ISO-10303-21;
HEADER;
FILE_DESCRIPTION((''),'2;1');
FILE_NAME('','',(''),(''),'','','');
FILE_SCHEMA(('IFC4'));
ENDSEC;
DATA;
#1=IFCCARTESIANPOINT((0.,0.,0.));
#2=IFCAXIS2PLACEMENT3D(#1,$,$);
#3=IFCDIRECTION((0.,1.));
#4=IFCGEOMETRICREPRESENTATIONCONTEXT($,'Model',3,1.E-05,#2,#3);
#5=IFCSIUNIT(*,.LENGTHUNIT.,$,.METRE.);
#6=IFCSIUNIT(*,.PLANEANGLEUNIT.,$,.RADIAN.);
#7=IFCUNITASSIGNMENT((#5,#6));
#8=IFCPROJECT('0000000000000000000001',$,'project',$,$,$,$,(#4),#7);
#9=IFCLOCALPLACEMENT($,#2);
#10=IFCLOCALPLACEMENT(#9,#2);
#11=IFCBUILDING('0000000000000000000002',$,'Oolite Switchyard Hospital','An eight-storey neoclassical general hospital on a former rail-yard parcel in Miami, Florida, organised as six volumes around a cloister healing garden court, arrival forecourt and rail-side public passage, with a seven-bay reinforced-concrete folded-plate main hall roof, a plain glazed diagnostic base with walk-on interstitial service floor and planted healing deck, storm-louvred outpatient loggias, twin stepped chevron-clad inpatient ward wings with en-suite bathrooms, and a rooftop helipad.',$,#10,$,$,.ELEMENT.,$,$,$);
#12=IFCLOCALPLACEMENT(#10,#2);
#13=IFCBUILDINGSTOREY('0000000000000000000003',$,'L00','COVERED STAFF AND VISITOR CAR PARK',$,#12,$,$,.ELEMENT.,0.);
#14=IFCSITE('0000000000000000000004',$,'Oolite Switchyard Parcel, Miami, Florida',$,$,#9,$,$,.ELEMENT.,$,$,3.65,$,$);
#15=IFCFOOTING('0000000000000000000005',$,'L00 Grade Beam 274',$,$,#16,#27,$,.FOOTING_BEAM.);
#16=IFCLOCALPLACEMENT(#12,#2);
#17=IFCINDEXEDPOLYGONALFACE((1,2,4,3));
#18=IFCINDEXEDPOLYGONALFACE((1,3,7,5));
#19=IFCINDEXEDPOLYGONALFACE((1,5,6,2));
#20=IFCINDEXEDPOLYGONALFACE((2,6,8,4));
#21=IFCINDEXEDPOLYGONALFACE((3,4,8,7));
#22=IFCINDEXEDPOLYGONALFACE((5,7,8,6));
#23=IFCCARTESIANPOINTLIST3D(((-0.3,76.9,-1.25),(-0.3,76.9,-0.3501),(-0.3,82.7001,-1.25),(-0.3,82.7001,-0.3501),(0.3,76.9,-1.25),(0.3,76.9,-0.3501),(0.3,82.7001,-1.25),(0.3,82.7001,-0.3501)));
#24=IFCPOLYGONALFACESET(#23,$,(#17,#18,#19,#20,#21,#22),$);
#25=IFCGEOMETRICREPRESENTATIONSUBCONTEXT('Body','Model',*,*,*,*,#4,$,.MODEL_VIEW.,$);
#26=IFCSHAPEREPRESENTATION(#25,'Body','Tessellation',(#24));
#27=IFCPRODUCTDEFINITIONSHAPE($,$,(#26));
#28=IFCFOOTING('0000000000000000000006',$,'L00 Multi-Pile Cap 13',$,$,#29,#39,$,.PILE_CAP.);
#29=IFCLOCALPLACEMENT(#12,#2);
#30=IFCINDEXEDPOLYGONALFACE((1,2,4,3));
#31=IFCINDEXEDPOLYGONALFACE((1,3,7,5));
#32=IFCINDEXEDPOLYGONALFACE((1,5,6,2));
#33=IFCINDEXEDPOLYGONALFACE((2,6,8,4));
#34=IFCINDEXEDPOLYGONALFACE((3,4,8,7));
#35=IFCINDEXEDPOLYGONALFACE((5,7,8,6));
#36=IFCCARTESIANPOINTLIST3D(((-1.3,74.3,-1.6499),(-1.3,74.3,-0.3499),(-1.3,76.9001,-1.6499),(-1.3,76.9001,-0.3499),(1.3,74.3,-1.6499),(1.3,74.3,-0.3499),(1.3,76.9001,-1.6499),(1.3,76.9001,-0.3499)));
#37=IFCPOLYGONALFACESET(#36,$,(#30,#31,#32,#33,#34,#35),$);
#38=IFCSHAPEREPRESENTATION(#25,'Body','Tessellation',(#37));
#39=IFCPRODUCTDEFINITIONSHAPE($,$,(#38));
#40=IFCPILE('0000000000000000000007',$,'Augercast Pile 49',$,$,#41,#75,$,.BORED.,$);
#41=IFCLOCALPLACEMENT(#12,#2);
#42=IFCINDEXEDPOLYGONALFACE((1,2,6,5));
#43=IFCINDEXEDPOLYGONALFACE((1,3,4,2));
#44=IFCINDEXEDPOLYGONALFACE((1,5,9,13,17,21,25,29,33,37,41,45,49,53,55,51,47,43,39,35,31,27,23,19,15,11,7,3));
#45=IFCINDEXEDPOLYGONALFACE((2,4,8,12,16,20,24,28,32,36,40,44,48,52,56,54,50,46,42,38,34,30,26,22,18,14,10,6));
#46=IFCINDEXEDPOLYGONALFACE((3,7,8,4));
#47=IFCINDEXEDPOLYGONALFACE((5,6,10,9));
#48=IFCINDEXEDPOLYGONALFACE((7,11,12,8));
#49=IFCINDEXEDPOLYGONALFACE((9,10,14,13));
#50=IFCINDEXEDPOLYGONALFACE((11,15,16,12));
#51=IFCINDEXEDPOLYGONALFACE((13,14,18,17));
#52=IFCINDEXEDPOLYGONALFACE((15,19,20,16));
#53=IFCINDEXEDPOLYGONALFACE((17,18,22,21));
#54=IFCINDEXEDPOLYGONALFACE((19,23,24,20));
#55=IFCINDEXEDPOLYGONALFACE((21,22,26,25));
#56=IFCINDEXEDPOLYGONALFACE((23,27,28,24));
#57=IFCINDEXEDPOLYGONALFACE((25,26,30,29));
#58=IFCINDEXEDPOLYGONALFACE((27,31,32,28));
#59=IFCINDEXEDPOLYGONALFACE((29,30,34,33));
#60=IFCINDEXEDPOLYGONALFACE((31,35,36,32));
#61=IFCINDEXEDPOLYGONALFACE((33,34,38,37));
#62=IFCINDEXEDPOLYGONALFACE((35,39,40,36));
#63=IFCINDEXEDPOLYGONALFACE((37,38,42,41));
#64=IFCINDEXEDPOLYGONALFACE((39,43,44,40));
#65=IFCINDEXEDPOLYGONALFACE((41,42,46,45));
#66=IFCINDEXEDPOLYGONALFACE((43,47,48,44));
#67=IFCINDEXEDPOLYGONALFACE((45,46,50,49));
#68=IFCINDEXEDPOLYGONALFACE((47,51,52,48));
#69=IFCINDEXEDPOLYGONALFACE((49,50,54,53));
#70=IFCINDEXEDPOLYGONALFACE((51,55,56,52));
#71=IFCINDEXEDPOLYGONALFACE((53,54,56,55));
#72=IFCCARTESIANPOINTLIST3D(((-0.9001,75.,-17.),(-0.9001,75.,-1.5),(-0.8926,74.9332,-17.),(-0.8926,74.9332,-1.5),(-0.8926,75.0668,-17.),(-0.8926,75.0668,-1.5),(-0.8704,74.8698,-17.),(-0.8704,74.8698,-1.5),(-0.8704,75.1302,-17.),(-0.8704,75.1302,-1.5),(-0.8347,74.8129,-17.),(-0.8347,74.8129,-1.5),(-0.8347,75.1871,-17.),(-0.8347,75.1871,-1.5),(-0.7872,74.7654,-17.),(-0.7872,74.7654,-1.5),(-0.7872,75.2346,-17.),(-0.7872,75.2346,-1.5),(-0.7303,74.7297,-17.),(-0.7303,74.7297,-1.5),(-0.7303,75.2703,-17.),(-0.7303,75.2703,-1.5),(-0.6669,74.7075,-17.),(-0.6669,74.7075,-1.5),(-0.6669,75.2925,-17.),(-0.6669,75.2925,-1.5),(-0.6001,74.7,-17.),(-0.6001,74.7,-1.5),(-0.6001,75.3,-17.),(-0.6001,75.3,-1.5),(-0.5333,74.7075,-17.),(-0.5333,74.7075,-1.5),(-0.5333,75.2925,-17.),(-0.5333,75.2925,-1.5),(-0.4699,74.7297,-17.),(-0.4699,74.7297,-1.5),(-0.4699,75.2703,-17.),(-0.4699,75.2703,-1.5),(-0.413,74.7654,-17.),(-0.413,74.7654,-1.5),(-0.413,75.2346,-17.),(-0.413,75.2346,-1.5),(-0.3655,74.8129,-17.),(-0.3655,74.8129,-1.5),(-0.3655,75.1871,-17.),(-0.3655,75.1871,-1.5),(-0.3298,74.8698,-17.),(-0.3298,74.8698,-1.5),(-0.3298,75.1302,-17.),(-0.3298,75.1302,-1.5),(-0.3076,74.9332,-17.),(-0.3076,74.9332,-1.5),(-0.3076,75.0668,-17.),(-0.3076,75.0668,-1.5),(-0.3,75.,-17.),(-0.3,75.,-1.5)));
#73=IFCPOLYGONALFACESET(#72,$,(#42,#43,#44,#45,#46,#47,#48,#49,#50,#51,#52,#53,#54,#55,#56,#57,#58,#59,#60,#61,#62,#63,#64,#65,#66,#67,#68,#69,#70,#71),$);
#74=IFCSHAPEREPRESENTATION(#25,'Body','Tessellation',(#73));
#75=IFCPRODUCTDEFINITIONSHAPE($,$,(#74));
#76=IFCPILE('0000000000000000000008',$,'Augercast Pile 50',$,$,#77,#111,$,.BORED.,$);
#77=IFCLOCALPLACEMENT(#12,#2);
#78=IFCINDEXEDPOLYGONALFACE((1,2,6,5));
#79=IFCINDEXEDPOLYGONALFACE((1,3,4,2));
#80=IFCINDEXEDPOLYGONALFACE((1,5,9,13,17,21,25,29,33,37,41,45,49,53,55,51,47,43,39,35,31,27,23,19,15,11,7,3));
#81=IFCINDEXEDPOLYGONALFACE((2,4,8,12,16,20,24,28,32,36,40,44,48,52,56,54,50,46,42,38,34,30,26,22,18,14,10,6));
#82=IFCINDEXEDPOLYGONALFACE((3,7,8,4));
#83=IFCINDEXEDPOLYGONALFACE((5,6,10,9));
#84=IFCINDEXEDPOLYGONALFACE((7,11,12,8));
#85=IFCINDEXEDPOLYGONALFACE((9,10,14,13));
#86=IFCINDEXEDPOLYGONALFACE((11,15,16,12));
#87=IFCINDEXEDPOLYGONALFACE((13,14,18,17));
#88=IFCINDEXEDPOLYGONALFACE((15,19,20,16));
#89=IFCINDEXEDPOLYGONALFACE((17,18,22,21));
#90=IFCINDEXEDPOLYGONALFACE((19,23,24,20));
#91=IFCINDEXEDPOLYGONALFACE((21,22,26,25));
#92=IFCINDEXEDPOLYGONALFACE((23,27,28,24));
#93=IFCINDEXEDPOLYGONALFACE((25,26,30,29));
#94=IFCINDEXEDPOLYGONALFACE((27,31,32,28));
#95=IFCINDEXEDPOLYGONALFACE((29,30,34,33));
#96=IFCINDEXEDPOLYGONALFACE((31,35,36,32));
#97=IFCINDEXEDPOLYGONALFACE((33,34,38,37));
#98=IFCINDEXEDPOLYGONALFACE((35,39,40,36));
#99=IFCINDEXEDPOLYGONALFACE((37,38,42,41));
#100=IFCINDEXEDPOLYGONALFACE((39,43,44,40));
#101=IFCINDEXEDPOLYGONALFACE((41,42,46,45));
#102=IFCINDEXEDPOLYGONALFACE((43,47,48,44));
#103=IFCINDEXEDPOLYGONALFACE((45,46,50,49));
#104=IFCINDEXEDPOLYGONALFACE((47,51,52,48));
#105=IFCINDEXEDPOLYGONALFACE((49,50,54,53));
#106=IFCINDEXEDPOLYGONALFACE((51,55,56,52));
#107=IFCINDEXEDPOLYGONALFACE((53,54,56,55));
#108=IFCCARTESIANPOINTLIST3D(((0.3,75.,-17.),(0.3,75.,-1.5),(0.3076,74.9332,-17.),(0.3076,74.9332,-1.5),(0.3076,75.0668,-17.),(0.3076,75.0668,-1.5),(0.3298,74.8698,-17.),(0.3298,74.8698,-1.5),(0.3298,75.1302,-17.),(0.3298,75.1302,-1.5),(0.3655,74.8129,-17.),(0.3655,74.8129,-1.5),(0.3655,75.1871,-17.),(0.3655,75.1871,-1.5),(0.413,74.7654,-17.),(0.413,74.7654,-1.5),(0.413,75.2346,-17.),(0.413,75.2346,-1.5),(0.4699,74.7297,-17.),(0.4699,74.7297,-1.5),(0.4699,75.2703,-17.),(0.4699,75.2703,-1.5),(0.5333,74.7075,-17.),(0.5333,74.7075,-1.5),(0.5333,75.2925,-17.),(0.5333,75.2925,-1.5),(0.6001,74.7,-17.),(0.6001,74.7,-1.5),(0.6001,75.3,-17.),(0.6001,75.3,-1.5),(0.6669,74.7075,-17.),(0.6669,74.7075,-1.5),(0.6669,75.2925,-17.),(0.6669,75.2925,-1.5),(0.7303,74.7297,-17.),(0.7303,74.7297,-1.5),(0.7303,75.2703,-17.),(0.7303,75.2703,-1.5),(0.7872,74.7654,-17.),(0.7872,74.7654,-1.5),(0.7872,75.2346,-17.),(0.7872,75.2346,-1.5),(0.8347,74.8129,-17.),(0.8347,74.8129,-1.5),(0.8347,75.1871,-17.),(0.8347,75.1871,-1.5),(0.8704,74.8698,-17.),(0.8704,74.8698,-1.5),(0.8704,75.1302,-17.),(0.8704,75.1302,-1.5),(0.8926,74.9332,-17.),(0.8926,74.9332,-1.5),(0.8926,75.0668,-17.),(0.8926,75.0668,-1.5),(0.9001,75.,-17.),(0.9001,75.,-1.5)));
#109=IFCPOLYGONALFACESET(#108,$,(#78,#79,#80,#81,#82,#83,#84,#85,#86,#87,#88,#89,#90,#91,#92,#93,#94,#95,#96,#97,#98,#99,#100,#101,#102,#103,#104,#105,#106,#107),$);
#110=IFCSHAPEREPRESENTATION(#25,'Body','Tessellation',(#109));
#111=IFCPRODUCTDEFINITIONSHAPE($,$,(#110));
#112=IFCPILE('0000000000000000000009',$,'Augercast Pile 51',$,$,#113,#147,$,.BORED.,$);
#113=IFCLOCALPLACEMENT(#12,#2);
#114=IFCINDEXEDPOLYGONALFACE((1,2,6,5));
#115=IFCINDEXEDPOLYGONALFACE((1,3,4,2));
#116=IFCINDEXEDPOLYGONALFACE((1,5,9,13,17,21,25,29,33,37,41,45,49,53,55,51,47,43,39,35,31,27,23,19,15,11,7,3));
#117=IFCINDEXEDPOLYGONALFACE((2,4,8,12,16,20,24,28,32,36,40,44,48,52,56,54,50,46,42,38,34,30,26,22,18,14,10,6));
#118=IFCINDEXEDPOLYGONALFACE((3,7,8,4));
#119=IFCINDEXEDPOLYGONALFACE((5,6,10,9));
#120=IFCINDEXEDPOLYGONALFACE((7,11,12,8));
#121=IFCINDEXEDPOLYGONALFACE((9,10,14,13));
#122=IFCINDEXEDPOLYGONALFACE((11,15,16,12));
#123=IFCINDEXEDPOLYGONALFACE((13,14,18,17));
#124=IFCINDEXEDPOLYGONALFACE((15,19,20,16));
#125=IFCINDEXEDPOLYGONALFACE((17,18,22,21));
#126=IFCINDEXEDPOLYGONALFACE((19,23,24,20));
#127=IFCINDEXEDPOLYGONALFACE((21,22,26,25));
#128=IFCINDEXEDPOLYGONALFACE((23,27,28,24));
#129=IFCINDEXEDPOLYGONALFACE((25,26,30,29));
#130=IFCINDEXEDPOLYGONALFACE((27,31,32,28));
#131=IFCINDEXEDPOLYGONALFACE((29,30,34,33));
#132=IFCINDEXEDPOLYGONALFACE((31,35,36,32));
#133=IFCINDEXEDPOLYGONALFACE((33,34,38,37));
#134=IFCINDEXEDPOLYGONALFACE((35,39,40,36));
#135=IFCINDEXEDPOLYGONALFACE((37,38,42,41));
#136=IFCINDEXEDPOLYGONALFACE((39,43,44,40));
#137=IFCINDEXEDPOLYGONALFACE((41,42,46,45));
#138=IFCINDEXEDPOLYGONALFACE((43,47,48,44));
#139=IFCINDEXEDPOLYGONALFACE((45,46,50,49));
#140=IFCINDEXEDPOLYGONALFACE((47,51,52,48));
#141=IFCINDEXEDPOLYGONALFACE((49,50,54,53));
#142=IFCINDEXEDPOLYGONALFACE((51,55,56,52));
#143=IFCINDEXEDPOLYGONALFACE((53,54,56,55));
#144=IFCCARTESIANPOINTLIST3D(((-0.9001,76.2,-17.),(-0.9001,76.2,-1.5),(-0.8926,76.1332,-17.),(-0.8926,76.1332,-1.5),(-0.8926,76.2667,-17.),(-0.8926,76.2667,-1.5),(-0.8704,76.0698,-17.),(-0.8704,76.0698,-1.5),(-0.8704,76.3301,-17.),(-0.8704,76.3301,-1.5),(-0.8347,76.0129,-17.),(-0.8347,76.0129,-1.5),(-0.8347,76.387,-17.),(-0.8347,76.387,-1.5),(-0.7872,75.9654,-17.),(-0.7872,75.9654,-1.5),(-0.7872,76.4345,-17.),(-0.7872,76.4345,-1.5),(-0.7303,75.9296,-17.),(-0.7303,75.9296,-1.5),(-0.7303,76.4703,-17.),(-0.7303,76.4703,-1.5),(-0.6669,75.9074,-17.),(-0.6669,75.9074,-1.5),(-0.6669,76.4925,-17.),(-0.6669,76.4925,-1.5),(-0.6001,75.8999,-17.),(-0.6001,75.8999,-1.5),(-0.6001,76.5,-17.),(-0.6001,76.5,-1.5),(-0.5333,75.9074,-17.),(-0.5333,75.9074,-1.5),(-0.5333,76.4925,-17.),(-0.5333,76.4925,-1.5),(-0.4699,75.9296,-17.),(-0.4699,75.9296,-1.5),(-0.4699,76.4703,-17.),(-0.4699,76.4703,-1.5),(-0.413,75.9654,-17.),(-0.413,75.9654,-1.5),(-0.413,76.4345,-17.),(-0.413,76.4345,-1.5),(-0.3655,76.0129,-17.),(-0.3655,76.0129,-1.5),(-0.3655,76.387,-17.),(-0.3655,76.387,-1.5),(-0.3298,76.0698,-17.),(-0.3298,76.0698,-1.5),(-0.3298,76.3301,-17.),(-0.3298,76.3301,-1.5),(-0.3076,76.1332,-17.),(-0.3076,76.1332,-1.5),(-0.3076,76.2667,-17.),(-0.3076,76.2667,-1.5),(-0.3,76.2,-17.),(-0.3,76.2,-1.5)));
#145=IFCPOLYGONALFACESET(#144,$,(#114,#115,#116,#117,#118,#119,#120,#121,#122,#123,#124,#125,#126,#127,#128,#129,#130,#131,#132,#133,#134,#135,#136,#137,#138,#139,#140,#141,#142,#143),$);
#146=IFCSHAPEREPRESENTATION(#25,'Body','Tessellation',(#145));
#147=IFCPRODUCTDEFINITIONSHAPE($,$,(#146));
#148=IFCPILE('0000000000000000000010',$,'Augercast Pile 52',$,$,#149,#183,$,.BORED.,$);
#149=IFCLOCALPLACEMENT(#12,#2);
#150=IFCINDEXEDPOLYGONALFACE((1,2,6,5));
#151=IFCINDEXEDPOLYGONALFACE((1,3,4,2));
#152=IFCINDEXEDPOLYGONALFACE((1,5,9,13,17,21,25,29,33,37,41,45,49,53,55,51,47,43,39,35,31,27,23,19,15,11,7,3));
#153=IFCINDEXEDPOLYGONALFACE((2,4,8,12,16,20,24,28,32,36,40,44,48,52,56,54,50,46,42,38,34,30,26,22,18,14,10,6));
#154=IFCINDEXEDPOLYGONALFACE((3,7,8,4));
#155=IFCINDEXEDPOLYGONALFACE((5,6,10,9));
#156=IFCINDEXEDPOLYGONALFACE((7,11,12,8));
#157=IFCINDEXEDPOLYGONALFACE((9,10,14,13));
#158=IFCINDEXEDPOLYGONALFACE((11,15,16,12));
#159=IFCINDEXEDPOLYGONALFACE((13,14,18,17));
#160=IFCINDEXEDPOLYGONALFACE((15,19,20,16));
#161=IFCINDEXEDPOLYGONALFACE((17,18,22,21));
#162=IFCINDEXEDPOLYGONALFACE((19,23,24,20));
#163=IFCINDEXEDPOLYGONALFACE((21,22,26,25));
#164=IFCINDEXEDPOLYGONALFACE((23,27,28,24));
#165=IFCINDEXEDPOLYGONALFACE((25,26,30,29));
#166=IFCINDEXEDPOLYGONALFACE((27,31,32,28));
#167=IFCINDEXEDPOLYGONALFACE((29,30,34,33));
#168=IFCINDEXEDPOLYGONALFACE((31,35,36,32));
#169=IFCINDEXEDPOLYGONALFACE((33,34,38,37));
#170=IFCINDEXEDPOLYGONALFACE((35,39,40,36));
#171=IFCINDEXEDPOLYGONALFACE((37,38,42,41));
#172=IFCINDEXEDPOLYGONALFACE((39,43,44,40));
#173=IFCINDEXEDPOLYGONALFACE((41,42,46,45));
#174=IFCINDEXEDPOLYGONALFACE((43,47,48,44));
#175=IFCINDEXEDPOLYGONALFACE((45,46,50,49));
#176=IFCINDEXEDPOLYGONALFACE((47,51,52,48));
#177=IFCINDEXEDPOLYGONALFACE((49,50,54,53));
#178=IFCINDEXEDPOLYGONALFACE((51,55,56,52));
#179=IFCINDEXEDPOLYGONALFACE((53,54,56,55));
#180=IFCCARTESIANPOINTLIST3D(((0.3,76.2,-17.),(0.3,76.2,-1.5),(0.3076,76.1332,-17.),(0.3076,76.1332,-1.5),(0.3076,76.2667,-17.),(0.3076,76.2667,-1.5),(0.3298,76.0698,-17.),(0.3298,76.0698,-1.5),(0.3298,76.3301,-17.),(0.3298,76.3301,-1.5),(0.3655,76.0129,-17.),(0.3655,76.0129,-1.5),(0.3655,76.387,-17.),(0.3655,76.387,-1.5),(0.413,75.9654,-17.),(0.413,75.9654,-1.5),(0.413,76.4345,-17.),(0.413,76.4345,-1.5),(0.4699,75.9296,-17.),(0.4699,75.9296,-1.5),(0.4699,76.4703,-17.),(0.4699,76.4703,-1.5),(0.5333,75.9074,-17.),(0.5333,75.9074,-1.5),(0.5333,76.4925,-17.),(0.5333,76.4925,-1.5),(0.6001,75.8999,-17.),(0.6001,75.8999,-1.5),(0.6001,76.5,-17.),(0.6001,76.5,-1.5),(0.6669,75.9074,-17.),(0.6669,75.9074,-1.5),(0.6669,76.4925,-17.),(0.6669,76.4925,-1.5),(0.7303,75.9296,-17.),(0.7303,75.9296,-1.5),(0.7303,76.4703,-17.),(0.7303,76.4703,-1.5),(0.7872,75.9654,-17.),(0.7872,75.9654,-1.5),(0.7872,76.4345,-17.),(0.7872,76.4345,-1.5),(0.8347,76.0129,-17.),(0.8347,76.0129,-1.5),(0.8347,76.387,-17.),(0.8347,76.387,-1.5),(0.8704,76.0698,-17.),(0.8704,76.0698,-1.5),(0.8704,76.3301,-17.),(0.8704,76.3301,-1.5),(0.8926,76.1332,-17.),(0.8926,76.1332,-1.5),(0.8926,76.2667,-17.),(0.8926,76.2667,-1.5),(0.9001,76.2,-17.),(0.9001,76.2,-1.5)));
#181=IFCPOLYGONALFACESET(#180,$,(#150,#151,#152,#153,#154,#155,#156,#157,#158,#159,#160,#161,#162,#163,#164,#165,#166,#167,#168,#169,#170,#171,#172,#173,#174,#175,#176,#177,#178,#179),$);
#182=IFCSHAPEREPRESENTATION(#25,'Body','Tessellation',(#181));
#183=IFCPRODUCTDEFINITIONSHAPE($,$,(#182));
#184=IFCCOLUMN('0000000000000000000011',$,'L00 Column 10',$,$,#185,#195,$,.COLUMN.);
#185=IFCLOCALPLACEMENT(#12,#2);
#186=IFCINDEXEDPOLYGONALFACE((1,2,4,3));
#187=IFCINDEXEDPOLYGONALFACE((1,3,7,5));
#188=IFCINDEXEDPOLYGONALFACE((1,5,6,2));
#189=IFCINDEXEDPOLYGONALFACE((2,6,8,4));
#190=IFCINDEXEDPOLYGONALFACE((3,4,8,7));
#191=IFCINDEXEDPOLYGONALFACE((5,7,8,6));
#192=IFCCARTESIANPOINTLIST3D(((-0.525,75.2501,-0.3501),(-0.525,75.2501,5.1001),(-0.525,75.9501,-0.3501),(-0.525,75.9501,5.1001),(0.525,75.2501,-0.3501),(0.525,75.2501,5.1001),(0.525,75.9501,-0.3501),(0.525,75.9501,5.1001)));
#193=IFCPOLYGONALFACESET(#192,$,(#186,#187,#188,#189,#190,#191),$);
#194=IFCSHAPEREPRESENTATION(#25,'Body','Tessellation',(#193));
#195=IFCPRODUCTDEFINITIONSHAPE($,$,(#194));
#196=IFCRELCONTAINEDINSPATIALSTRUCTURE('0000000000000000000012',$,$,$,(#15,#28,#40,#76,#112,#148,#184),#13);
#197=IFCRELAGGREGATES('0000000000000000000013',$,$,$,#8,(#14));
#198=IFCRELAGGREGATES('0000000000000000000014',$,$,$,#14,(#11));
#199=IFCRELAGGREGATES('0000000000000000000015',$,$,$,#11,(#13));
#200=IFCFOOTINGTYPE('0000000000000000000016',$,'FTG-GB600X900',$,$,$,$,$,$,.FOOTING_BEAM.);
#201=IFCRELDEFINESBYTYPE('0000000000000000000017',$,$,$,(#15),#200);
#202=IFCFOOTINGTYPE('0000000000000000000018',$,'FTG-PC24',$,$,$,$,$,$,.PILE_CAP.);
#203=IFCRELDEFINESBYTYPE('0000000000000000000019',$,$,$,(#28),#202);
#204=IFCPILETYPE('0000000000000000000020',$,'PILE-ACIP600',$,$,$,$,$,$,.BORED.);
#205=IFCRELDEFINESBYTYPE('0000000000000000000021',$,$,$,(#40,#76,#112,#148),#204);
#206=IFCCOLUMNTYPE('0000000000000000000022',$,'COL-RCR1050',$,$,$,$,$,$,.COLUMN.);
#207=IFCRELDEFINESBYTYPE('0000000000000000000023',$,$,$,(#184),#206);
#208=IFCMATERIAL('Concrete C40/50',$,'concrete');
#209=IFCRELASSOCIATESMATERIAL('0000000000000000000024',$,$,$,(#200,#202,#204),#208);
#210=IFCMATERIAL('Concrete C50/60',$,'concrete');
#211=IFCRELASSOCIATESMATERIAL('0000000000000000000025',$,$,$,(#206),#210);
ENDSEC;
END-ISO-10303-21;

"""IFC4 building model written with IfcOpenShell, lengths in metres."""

from ifc_helpers import new_model, si_unit, direction, frame, origin, origin_2d, place, context, subcontext, project, spatial, rectangle, circle, extrude, material, material_profile, profile_set, type_object, element, save


model = new_model("IFC4")

# Units and contexts
model_context = context("Model", 3, precision=1e-05, world=origin(), true_north=direction((0.0, 1.0)))
body_context = subcontext(model_context, "Body", "Model", "MODEL_VIEW")
ifc_project = project(units=[si_unit("LENGTHUNIT", "METRE"), si_unit("PLANEANGLEUNIT", "RADIAN")], contexts=[model_context])

# Site, building, storey
site_placement = place(None, origin())
site = spatial("IfcSite", under=ifc_project, at=site_placement, Name="Oolite Switchyard Parcel, Miami, Florida", CompositionType="ELEMENT", RefElevation=3.65)
building_placement = place(site_placement, origin())
building = spatial("IfcBuilding", under=site, at=building_placement, Name="Oolite Switchyard Hospital", Description="An eight-storey neoclassical general hospital on a former rail-yard parcel in Miami, Florida, organised as six volumes around a cloister healing garden court, arrival forecourt and rail-side public passage, with a seven-bay reinforced-concrete folded-plate main hall roof, a plain glazed diagnostic base with walk-on interstitial service floor and planted healing deck, storm-louvred outpatient loggias, twin stepped chevron-clad inpatient ward wings with en-suite bathrooms, and a rooftop helipad.", CompositionType="ELEMENT")
storey_placement = place(building_placement, origin())
storey = spatial("IfcBuildingStorey", under=building, at=storey_placement, Name="L00", Description="COVERED STAFF AND VISITOR CAR PARK", CompositionType="ELEMENT", Elevation=0.0)

# Footings
ifc_material_1 = material(Name="Concrete C40/50", Category="concrete")
footing_type_1 = type_object("IfcFootingType", Name="FTG-GB600X900", PredefinedType="FOOTING_BEAM", material=ifc_material_1)
footing_1_placement = place(storey_placement, frame((0.0, 79.8, -1.25), z_axis=(0.0, 0.0, 1.0), x_axis=(0.0, 1.0, 0.0)))
element("IfcFooting", 1, at=footing_1_placement, inside=storey, type_object=footing_type_1, Name="L00 Grade Beam 274", PredefinedType="FOOTING_BEAM", context=body_context, shape_type="SweptSolid", body=[
    extrude(rectangle(XDim=5.8, YDim=0.6001, at=origin_2d()), origin(), (0.0, 0.0, 1.0), 0.8999),
])
footing_type_2 = type_object("IfcFootingType", Name="FTG-PC24", PredefinedType="PILE_CAP", material=ifc_material_1)
footing_2_placement = place(storey_placement, frame((0.0, 75.6001, -1.6499), z_axis=(0.0, 0.0, 1.0), x_axis=(1.0, 0.0, 0.0)))
element("IfcFooting", 2, at=footing_2_placement, inside=storey, type_object=footing_type_2, Name="L00 Multi-Pile Cap 13", PredefinedType="PILE_CAP", context=body_context, shape_type="SweptSolid", body=[
    extrude(rectangle(XDim=2.6001, YDim=2.6001, at=origin_2d()), origin(), (0.0, 0.0, 1.0), 1.3),
])

# Piles
ifc_material_profile_1 = material_profile(ifc_material_1, circle(Radius=0.3, at=origin_2d()), Name="PILE600")
ifc_profile_set_1 = profile_set([ifc_material_profile_1], Name="Concrete C40/50")
pile_type = type_object("IfcPileType", Name="PILE-ACIP600", PredefinedType="BORED", material=ifc_profile_set_1)
for number, where, z_axis, x_axis, name in (
    (3, (-0.6001, 75.0, -1.5), (0.0, 0.0, -1.0), (1.0, 0.0, 0.0), "Augercast Pile 49"),
    (4, (0.6001, 75.0, -1.5), (0.0, 0.0, -1.0), (1.0, 0.0, 0.0), "Augercast Pile 50"),
    (5, (-0.6001, 76.2, -1.5), (0.0, 0.0, -1.0), (1.0, 0.0, 0.0), "Augercast Pile 51"),
    (6, (0.6001, 76.2, -1.5), (0.0, 0.0, -1.0), (1.0, 0.0, 0.0), "Augercast Pile 52"),
):
    element("IfcPile", number, at=place(storey_placement, frame(where, z_axis=z_axis, x_axis=x_axis)), inside=storey, type_object=pile_type, Name=name, PredefinedType="BORED", context=body_context, shape_type="SweptSolid", body=[
        extrude(circle(Radius=0.3, at=origin_2d()), origin(), (0.0, 0.0, 1.0), 15.5),
    ])

# Column
ifc_material_2 = material(Name="Concrete C50/60", Category="concrete")
ifc_material_profile_2 = material_profile(ifc_material_2, rectangle(XDim=1.05, YDim=0.7, at=origin_2d()), Name="RC1050X700")
ifc_profile_set_2 = profile_set([ifc_material_profile_2], Name="Concrete C50/60")
column_type = type_object("IfcColumnType", Name="COL-RCR1050", PredefinedType="COLUMN", material=ifc_profile_set_2)
column_placement = place(storey_placement, frame((0.0, 75.6001, -0.3501), z_axis=(0.0, 0.0, 1.0), x_axis=(1.0, 0.0, 0.0)))
element("IfcColumn", 7, at=column_placement, inside=storey, type_object=column_type, Name="L00 Column 10", PredefinedType="COLUMN", context=body_context, shape_type="SweptSolid", body=[
    extrude(rectangle(XDim=1.05, YDim=0.7, at=origin_2d()), origin(), (0.0, 0.0, 1.0), 5.4502),
])

save(model, "model.ifc")
